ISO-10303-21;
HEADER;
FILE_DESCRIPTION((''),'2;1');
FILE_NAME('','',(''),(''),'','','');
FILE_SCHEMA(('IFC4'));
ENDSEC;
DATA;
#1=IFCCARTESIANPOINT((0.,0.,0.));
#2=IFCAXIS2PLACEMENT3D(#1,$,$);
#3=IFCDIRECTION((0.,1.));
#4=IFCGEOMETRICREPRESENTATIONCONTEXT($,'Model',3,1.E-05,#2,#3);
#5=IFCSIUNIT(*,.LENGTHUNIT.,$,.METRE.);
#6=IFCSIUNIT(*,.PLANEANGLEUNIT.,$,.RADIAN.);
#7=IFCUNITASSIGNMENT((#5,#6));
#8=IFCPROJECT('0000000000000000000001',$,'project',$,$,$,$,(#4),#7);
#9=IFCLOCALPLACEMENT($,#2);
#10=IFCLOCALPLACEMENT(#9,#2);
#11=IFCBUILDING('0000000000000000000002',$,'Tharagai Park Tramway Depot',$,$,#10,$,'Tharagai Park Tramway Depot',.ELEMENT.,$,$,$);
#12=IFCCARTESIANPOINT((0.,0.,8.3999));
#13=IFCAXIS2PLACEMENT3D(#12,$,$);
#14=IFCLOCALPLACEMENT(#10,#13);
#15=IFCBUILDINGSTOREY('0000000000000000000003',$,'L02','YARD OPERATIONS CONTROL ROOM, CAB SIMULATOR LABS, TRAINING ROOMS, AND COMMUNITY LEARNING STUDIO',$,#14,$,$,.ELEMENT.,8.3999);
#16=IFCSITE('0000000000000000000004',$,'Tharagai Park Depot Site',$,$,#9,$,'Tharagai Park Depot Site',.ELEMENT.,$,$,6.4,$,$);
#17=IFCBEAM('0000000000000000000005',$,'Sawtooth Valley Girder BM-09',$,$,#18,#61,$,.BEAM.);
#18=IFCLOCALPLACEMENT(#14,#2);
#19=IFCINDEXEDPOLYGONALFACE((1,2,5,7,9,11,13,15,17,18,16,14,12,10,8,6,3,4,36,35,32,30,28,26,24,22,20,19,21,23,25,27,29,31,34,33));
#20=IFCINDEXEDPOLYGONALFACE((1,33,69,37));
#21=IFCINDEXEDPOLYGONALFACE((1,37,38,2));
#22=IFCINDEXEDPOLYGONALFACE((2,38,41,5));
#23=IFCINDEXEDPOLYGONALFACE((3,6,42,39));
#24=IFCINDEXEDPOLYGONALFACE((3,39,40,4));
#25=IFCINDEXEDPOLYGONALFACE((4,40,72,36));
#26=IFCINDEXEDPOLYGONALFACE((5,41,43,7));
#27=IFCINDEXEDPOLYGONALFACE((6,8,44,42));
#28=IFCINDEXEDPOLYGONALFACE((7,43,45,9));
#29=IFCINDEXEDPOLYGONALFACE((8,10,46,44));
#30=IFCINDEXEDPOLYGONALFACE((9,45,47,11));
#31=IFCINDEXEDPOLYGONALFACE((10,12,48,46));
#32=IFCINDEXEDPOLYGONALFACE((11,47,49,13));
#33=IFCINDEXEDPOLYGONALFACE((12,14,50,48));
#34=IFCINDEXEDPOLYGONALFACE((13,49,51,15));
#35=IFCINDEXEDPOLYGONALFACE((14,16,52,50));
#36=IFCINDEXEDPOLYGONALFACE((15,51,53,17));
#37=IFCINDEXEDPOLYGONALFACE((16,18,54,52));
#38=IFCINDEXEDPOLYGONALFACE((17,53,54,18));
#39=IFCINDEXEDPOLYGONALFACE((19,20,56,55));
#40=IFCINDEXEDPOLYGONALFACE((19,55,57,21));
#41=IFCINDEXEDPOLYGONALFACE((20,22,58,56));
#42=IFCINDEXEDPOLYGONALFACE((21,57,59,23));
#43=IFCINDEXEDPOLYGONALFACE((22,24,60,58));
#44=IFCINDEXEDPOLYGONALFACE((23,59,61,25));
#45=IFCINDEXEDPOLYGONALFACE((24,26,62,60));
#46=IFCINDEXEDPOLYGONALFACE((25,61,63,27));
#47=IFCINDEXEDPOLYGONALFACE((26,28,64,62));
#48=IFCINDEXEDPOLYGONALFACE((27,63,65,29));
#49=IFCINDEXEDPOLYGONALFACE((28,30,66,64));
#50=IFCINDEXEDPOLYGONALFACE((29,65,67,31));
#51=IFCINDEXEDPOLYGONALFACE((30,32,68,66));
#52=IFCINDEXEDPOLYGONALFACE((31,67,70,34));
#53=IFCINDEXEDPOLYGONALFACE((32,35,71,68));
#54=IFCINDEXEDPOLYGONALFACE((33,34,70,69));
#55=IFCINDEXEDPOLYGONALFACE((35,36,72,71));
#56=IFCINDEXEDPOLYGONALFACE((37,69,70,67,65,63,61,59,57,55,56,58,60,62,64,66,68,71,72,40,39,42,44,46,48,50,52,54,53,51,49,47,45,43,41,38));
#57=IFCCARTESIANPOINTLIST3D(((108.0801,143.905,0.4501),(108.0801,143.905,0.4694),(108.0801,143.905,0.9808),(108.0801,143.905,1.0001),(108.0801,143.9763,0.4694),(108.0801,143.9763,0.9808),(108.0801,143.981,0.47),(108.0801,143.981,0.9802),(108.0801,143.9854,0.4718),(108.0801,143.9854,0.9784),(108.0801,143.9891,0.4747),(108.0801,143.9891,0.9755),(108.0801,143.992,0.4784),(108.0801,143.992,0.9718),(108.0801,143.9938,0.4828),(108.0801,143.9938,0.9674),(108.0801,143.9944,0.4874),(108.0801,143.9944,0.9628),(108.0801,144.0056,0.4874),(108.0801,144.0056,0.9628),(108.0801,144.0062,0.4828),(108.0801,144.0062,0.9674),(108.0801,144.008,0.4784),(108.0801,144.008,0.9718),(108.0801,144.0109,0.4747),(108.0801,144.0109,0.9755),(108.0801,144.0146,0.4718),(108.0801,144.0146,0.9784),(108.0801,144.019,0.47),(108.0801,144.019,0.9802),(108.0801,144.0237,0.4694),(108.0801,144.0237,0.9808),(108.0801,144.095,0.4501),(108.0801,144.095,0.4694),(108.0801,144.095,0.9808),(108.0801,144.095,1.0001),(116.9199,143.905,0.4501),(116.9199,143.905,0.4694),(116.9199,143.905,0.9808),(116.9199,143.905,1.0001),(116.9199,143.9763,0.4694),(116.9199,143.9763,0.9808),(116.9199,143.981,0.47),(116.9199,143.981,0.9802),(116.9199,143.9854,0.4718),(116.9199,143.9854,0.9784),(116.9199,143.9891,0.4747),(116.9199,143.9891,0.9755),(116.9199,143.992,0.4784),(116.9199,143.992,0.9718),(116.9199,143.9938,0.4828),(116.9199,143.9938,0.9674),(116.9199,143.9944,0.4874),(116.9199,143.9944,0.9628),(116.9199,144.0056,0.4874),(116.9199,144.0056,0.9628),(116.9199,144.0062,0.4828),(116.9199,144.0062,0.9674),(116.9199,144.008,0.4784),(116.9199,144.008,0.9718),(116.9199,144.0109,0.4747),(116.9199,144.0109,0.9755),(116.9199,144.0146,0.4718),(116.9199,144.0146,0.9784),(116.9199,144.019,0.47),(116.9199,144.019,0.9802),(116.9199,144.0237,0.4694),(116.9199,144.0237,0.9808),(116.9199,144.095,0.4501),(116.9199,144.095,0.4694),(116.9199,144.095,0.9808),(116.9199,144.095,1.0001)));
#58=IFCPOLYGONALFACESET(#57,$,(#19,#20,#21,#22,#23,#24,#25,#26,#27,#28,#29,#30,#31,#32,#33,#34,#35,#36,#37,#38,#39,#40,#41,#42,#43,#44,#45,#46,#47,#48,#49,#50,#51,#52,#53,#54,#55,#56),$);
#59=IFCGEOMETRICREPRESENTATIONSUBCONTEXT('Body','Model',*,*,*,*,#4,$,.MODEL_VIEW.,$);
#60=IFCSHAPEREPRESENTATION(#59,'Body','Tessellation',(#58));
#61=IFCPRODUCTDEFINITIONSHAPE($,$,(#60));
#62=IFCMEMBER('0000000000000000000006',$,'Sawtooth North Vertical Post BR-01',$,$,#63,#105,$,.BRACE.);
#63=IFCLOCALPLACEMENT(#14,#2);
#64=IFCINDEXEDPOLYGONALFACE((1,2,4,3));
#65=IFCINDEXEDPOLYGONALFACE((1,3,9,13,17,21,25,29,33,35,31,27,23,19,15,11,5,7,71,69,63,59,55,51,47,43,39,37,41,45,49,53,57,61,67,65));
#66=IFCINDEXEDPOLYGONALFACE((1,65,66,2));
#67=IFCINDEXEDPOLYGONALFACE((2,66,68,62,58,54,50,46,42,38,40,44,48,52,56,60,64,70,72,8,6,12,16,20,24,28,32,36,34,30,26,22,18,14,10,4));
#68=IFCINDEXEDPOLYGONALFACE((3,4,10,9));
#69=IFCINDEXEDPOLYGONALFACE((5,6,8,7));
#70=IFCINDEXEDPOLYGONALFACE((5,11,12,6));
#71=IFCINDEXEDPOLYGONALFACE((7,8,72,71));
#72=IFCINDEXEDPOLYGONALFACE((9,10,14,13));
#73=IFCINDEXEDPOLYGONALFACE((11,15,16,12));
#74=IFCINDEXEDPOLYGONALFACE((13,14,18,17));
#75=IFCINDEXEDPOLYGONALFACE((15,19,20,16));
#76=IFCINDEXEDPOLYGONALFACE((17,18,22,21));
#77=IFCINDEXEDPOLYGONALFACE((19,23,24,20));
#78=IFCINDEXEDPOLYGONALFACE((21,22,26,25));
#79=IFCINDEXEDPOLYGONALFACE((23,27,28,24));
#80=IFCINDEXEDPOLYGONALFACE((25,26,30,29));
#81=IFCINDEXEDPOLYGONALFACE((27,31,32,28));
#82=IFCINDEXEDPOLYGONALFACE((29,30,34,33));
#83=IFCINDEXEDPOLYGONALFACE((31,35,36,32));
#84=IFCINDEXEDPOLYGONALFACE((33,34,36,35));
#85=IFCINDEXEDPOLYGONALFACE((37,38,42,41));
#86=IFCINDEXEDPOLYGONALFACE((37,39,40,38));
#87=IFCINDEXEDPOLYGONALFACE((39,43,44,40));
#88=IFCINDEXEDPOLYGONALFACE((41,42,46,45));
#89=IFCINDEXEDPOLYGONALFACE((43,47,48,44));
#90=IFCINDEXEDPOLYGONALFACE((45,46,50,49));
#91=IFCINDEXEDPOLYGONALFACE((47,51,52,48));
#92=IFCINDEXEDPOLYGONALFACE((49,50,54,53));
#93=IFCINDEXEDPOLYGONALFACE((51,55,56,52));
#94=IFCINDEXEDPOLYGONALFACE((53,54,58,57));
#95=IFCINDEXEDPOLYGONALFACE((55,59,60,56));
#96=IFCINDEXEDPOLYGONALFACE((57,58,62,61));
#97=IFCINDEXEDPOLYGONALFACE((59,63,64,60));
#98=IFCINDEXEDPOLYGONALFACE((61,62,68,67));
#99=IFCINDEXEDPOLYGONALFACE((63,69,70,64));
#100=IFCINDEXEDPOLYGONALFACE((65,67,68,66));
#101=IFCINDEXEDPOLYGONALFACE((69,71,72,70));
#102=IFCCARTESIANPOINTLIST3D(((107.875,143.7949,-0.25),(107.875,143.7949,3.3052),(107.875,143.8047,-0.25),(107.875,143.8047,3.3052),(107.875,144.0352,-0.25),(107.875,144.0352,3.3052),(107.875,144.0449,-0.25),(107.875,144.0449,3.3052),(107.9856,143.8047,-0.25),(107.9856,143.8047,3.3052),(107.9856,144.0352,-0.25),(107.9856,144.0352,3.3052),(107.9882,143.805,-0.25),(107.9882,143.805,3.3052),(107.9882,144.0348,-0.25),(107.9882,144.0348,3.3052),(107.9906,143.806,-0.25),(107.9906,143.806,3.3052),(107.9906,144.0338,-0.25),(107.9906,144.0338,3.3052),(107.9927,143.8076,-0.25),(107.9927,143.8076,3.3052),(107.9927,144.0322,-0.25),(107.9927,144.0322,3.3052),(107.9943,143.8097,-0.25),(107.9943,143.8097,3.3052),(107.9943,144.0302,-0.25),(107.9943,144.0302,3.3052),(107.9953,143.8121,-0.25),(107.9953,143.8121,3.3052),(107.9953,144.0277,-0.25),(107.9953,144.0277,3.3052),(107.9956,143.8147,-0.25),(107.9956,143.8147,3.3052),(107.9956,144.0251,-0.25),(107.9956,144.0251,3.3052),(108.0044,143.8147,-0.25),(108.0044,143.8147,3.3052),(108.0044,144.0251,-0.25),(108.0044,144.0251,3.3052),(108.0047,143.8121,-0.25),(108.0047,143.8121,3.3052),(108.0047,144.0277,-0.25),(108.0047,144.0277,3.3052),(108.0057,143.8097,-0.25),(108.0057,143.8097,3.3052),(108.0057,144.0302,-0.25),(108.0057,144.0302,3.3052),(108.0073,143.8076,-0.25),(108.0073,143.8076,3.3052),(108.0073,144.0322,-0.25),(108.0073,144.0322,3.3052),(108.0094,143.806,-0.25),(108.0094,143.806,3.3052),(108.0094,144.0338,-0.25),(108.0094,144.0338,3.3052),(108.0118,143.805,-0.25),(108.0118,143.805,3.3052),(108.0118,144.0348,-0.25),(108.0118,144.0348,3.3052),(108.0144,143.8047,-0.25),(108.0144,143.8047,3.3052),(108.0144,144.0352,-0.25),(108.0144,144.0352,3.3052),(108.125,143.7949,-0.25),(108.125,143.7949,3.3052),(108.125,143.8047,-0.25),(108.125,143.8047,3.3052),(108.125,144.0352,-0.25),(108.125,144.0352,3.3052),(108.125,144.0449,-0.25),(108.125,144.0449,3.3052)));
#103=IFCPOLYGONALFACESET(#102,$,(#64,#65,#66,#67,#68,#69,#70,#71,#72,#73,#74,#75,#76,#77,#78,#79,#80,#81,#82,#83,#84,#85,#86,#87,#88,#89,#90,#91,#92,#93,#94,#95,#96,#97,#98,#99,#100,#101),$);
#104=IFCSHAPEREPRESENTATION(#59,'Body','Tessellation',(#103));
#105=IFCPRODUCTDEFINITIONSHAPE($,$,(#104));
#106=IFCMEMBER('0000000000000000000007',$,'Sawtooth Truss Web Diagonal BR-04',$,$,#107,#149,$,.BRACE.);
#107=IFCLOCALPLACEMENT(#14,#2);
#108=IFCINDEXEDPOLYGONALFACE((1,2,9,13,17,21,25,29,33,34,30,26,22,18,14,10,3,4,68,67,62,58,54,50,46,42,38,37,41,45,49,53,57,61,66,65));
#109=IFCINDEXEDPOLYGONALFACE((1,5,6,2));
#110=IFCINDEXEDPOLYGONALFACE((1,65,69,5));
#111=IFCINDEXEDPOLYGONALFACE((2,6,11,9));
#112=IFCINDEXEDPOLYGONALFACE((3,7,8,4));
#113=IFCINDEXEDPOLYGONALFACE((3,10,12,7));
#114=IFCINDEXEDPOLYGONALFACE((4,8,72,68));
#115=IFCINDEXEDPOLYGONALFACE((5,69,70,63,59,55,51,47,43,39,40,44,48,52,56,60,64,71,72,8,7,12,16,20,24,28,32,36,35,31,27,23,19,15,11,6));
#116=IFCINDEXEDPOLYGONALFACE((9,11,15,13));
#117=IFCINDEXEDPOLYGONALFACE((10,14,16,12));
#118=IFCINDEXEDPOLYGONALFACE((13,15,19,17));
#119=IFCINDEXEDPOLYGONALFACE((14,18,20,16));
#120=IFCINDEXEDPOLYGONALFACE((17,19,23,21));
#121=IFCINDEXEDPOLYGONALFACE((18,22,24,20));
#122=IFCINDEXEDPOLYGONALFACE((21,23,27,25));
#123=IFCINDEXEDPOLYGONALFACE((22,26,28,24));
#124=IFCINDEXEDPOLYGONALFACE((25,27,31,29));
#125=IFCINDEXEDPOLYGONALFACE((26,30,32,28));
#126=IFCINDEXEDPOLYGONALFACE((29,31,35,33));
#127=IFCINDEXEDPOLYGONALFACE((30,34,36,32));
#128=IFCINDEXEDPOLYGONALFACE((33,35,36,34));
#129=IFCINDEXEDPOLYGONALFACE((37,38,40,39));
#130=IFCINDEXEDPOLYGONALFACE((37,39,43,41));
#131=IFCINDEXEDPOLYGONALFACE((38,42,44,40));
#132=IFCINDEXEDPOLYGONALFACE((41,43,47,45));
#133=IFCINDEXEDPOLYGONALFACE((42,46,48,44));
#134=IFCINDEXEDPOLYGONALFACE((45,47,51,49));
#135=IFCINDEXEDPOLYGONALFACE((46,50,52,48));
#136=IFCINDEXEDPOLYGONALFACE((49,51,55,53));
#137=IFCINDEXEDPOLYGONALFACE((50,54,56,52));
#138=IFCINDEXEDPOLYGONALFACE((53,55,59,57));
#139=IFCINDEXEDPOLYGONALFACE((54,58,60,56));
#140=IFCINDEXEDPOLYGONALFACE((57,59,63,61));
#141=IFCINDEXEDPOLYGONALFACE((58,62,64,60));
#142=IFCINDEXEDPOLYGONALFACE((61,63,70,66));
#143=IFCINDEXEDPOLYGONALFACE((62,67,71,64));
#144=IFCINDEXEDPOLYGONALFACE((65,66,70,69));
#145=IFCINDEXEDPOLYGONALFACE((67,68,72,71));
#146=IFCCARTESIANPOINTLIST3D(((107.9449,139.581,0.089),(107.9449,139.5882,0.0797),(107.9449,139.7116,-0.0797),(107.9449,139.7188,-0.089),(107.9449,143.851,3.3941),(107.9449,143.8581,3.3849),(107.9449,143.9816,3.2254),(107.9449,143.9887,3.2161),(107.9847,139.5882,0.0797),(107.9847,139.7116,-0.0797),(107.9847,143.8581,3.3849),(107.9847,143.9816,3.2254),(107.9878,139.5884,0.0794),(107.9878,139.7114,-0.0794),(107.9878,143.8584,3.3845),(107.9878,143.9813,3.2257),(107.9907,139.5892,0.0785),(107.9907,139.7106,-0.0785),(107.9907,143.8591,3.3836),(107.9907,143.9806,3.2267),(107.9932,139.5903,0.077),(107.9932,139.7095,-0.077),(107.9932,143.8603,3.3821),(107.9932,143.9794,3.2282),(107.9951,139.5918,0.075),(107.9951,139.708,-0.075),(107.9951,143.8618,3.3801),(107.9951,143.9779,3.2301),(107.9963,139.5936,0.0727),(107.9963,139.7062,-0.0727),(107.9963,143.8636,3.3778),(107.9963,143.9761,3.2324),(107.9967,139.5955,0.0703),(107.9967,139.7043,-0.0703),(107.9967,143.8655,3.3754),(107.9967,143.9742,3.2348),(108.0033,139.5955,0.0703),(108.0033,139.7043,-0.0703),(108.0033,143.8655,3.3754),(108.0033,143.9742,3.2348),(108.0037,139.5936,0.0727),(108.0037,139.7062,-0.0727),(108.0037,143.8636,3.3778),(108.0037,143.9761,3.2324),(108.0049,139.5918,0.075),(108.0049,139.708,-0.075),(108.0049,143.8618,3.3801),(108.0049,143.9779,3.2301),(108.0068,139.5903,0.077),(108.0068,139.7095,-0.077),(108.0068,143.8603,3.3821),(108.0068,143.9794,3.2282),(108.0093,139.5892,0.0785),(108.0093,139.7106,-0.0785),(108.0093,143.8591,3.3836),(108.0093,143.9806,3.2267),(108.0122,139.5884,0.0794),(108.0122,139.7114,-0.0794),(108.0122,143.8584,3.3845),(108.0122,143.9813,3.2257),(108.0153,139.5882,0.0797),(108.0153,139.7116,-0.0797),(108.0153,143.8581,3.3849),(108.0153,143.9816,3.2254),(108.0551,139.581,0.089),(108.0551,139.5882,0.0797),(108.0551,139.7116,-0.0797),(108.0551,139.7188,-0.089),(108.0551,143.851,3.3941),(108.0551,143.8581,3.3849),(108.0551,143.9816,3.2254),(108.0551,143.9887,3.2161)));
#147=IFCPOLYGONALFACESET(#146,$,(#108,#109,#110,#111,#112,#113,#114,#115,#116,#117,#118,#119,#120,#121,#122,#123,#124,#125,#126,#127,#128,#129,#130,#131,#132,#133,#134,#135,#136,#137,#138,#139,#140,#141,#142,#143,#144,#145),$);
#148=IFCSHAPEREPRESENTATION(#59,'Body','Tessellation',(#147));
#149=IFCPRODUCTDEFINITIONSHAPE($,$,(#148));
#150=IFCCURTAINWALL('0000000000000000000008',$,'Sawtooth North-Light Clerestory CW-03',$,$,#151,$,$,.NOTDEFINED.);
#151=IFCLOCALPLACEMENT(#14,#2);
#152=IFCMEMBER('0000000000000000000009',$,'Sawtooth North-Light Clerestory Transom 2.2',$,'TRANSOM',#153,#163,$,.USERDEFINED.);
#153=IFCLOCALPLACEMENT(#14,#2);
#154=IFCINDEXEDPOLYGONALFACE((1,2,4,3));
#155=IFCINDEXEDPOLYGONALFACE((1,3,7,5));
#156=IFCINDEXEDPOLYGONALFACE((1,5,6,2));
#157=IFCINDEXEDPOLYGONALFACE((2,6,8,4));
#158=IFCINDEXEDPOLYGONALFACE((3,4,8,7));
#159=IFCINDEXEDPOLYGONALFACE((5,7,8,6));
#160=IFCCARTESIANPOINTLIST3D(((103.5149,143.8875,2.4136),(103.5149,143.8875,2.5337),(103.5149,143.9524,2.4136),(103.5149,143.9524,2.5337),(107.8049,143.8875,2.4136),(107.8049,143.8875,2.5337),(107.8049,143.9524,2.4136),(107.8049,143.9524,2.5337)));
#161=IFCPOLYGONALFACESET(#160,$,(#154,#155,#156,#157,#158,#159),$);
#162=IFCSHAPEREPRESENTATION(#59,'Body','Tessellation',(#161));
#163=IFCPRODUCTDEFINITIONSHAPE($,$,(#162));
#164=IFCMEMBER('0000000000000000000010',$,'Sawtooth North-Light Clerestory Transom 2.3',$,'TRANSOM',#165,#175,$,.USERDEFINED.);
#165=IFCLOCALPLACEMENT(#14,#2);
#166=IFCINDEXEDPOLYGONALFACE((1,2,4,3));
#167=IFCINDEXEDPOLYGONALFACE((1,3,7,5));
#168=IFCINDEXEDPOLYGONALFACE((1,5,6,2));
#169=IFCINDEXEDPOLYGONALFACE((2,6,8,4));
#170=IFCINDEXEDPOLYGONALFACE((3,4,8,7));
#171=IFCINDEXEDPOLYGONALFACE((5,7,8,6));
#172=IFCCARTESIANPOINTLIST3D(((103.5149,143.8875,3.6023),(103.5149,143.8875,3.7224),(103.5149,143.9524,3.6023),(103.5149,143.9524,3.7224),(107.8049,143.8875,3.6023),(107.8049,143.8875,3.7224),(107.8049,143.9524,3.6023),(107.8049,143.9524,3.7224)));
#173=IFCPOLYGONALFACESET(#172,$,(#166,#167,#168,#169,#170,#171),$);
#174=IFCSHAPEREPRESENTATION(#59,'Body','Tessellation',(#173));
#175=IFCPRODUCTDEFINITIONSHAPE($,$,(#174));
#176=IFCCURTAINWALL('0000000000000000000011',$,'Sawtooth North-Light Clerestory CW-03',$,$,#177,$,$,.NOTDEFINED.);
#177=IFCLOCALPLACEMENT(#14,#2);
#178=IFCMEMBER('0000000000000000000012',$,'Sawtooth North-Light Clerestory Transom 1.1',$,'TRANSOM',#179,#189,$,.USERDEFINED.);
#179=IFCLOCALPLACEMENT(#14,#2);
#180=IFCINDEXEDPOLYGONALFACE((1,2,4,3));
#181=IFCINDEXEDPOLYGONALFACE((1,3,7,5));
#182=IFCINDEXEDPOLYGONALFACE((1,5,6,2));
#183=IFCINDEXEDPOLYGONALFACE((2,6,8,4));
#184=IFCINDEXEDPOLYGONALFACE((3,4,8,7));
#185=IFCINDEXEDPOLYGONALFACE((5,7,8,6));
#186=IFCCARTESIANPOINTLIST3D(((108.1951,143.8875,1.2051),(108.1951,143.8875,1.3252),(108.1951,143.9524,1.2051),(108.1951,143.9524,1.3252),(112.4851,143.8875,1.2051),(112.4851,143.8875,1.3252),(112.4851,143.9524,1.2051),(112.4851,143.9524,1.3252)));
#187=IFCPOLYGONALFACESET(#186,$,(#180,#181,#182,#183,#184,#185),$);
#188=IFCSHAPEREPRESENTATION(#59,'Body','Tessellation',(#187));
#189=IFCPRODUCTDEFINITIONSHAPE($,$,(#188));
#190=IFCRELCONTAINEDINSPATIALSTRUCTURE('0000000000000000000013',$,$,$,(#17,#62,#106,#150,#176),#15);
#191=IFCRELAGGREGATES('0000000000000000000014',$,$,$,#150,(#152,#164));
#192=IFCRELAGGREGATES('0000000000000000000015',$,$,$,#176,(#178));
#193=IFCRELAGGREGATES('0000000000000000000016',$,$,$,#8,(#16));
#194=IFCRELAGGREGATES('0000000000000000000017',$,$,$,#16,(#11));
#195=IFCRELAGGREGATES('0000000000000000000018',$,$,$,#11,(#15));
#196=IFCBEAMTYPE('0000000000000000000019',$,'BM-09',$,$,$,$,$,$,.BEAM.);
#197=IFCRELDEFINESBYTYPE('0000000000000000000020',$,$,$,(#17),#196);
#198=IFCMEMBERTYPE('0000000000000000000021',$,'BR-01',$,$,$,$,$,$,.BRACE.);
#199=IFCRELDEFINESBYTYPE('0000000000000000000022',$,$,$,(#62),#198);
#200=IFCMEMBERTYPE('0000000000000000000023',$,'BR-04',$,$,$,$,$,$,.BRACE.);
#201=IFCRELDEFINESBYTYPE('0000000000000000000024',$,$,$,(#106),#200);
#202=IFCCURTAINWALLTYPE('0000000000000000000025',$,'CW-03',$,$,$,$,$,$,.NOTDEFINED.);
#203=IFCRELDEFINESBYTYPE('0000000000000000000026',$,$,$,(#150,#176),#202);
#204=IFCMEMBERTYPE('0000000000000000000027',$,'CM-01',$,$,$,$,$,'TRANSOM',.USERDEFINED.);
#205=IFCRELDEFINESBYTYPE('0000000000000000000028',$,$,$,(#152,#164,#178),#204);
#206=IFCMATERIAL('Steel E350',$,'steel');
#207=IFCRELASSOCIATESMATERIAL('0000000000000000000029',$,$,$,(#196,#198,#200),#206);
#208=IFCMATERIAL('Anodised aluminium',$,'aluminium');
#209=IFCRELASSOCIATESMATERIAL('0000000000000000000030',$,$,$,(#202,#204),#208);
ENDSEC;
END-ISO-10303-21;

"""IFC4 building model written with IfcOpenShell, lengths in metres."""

from ifc_helpers import new_model, si_unit, direction, frame, origin, origin_2d, place, context, subcontext, project, spatial, rectangle, i_section, extrude, material, material_profile, profile_set, type_object, element, aggregate, save


model = new_model("IFC4")

# Units and contexts
model_context = context("Model", 3, precision=1e-05, world=origin(), true_north=direction((0.0, 1.0)))
body_context = subcontext(model_context, "Body", "Model", "MODEL_VIEW")
ifc_project = project(units=[si_unit("LENGTHUNIT", "METRE"), si_unit("PLANEANGLEUNIT", "RADIAN")], contexts=[model_context])

# Site, building, storey
site_placement = place(None, origin())
site = spatial("IfcSite", under=ifc_project, at=site_placement, Name="Tharagai Park Depot Site", LongName="Tharagai Park Depot Site", CompositionType="ELEMENT", RefElevation=6.4)
building_placement = place(site_placement, origin())
building = spatial("IfcBuilding", under=site, at=building_placement, Name="Tharagai Park Tramway Depot", LongName="Tharagai Park Tramway Depot", CompositionType="ELEMENT")
storey_placement = place(building_placement, frame((0.0, 0.0, 8.3999)))
storey = spatial("IfcBuildingStorey", under=building, at=storey_placement, Name="L02", Description="YARD OPERATIONS CONTROL ROOM, CAB SIMULATOR LABS, TRAINING ROOMS, AND COMMUNITY LEARNING STUDIO", CompositionType="ELEMENT", Elevation=8.3999)

# Beam
ifc_material_1 = material(Name="Steel E350", Category="steel")
ifc_material_profile_1 = material_profile(ifc_material_1, i_section(OverallWidth=0.1899, OverallDepth=0.55, WebThickness=0.0112, FlangeThickness=0.0193, FilletRadius=0.0181, at=origin_2d()), Name="ISMB 550")
ifc_profile_set_1 = profile_set([ifc_material_profile_1], Name="Steel E350")
beam_type = type_object("IfcBeamType", Name="BM-09", PredefinedType="BEAM", material=ifc_profile_set_1)
beam_placement = place(storey_placement, frame((108.0801, 144.0, 0.7251), z_axis=(1.0, 0.0, 0.0), x_axis=(0.0, 1.0, 0.0)))
element("IfcBeam", 1, at=beam_placement, inside=storey, type_object=beam_type, Name="Sawtooth Valley Girder BM-09", PredefinedType="BEAM", context=body_context, shape_type="SweptSolid", body=[
    extrude(i_section(OverallWidth=0.1899, OverallDepth=0.55, WebThickness=0.0112, FlangeThickness=0.0193, FilletRadius=0.0181, at=origin_2d()), origin(), (0.0, 0.0, 1.0), 8.8398),
])

# Members
ifc_material_profile_2 = material_profile(ifc_material_1, i_section(OverallWidth=0.25, OverallDepth=0.25, WebThickness=0.0088, FlangeThickness=0.0098, FilletRadius=0.01, at=origin_2d()), Name="ISHB 250")
ifc_profile_set_2 = profile_set([ifc_material_profile_2], Name="Steel E350")
member_type_1 = type_object("IfcMemberType", Name="BR-01", PredefinedType="BRACE", material=ifc_profile_set_2)
member_1_placement = place(storey_placement, frame((108.0, 143.9199, -0.25), z_axis=(0.0, 0.0, 1.0), x_axis=(1.0, 0.0, 0.0)))
element("IfcMember", 2, at=member_1_placement, inside=storey, type_object=member_type_1, Name="Sawtooth North Vertical Post BR-01", PredefinedType="BRACE", context=body_context, shape_type="SweptSolid", body=[
    extrude(i_section(OverallWidth=0.25, OverallDepth=0.25, WebThickness=0.0088, FlangeThickness=0.0098, FilletRadius=0.01, at=origin_2d()), origin(), (0.0, 0.0, 1.0), 3.5552),
])
ifc_material_profile_3 = material_profile(ifc_material_1, i_section(OverallWidth=0.1101, OverallDepth=0.2251, WebThickness=0.0066, FlangeThickness=0.0117, FilletRadius=0.012, at=origin_2d()), Name="ISMB 225")
ifc_profile_set_3 = profile_set([ifc_material_profile_3], Name="Steel E350")
member_type_2 = type_object("IfcMemberType", Name="BR-04", PredefinedType="BRACE", material=ifc_profile_set_3)
member_2_placement = place(storey_placement, frame((108.0, 139.6499, 0.0), z_axis=(0.0, 0.790782, 0.612098), x_axis=(-1.0, 0.0, 0.0)))
element("IfcMember", 3, at=member_2_placement, inside=storey, type_object=member_type_2, Name="Sawtooth Truss Web Diagonal BR-04", PredefinedType="BRACE", context=body_context, shape_type="SweptSolid", body=[
    extrude(i_section(OverallWidth=0.1101, OverallDepth=0.2251, WebThickness=0.0066, FlangeThickness=0.0117, FilletRadius=0.012, at=origin_2d()), origin(), (0.0, 0.0, 1.0), 5.3997),
])

# Curtain walls, members
ifc_material_2 = material(Name="Anodised aluminium", Category="aluminium")
curtain_wall_type_1 = type_object("IfcCurtainWallType", Name="CW-03", PredefinedType="NOTDEFINED", material=ifc_material_2)
curtain_wall_1_placement = place(storey_placement, origin())
curtain_wall_1 = element("IfcCurtainWall", 4, at=curtain_wall_1_placement, inside=storey, type_object=curtain_wall_type_1, Name="Sawtooth North-Light Clerestory CW-03", PredefinedType="NOTDEFINED")
ifc_material_profile_4 = material_profile(ifc_material_2, rectangle(XDim=0.0649, YDim=0.1201, at=origin_2d()), Name="ALU 65x120")
ifc_profile_set_4 = profile_set([ifc_material_profile_4], Name="Anodised aluminium")
member_type_3 = type_object("IfcMemberType", Name="CM-01", ElementType="TRANSOM", PredefinedType="USERDEFINED", material=ifc_profile_set_4)
member_3_placement = place(storey_placement, frame((103.5149, 143.9199, 2.4736), z_axis=(1.0, 0.0, 0.0), x_axis=(0.0, 1.0, 0.0)))
member_3 = element("IfcMember", 5, at=member_3_placement, type_object=member_type_3, Name="Sawtooth North-Light Clerestory Transom 2.2", ObjectType="TRANSOM", PredefinedType="USERDEFINED", context=body_context, shape_type="SweptSolid", body=[
    extrude(rectangle(XDim=0.0649, YDim=0.1201, at=origin_2d()), origin(), (0.0, 0.0, 1.0), 4.29),
])
member_4_placement = place(storey_placement, frame((103.5149, 143.9199, 3.6624), z_axis=(1.0, 0.0, 0.0), x_axis=(0.0, 1.0, 0.0)))
member_4 = element("IfcMember", 6, at=member_4_placement, type_object=member_type_3, Name="Sawtooth North-Light Clerestory Transom 2.3", ObjectType="TRANSOM", PredefinedType="USERDEFINED", context=body_context, shape_type="SweptSolid", body=[
    extrude(rectangle(XDim=0.0649, YDim=0.1201, at=origin_2d()), origin(), (0.0, 0.0, 1.0), 4.29),
])
curtain_wall_2_placement = place(storey_placement, origin())
curtain_wall_2 = element("IfcCurtainWall", 7, at=curtain_wall_2_placement, inside=storey, type_object=curtain_wall_type_1, Name="Sawtooth North-Light Clerestory CW-03", PredefinedType="NOTDEFINED")
member_5_placement = place(storey_placement, frame((108.1951, 143.9199, 1.2651), z_axis=(1.0, 0.0, 0.0), x_axis=(0.0, 1.0, 0.0)))
member_5 = element("IfcMember", 8, at=member_5_placement, type_object=member_type_3, Name="Sawtooth North-Light Clerestory Transom 1.1", ObjectType="TRANSOM", PredefinedType="USERDEFINED", context=body_context, shape_type="SweptSolid", body=[
    extrude(rectangle(XDim=0.0649, YDim=0.1201, at=origin_2d()), origin(), (0.0, 0.0, 1.0), 4.29),
])

aggregate(curtain_wall_1, [member_3, member_4])
aggregate(curtain_wall_2, [member_5])

save(model, "model.ifc")
